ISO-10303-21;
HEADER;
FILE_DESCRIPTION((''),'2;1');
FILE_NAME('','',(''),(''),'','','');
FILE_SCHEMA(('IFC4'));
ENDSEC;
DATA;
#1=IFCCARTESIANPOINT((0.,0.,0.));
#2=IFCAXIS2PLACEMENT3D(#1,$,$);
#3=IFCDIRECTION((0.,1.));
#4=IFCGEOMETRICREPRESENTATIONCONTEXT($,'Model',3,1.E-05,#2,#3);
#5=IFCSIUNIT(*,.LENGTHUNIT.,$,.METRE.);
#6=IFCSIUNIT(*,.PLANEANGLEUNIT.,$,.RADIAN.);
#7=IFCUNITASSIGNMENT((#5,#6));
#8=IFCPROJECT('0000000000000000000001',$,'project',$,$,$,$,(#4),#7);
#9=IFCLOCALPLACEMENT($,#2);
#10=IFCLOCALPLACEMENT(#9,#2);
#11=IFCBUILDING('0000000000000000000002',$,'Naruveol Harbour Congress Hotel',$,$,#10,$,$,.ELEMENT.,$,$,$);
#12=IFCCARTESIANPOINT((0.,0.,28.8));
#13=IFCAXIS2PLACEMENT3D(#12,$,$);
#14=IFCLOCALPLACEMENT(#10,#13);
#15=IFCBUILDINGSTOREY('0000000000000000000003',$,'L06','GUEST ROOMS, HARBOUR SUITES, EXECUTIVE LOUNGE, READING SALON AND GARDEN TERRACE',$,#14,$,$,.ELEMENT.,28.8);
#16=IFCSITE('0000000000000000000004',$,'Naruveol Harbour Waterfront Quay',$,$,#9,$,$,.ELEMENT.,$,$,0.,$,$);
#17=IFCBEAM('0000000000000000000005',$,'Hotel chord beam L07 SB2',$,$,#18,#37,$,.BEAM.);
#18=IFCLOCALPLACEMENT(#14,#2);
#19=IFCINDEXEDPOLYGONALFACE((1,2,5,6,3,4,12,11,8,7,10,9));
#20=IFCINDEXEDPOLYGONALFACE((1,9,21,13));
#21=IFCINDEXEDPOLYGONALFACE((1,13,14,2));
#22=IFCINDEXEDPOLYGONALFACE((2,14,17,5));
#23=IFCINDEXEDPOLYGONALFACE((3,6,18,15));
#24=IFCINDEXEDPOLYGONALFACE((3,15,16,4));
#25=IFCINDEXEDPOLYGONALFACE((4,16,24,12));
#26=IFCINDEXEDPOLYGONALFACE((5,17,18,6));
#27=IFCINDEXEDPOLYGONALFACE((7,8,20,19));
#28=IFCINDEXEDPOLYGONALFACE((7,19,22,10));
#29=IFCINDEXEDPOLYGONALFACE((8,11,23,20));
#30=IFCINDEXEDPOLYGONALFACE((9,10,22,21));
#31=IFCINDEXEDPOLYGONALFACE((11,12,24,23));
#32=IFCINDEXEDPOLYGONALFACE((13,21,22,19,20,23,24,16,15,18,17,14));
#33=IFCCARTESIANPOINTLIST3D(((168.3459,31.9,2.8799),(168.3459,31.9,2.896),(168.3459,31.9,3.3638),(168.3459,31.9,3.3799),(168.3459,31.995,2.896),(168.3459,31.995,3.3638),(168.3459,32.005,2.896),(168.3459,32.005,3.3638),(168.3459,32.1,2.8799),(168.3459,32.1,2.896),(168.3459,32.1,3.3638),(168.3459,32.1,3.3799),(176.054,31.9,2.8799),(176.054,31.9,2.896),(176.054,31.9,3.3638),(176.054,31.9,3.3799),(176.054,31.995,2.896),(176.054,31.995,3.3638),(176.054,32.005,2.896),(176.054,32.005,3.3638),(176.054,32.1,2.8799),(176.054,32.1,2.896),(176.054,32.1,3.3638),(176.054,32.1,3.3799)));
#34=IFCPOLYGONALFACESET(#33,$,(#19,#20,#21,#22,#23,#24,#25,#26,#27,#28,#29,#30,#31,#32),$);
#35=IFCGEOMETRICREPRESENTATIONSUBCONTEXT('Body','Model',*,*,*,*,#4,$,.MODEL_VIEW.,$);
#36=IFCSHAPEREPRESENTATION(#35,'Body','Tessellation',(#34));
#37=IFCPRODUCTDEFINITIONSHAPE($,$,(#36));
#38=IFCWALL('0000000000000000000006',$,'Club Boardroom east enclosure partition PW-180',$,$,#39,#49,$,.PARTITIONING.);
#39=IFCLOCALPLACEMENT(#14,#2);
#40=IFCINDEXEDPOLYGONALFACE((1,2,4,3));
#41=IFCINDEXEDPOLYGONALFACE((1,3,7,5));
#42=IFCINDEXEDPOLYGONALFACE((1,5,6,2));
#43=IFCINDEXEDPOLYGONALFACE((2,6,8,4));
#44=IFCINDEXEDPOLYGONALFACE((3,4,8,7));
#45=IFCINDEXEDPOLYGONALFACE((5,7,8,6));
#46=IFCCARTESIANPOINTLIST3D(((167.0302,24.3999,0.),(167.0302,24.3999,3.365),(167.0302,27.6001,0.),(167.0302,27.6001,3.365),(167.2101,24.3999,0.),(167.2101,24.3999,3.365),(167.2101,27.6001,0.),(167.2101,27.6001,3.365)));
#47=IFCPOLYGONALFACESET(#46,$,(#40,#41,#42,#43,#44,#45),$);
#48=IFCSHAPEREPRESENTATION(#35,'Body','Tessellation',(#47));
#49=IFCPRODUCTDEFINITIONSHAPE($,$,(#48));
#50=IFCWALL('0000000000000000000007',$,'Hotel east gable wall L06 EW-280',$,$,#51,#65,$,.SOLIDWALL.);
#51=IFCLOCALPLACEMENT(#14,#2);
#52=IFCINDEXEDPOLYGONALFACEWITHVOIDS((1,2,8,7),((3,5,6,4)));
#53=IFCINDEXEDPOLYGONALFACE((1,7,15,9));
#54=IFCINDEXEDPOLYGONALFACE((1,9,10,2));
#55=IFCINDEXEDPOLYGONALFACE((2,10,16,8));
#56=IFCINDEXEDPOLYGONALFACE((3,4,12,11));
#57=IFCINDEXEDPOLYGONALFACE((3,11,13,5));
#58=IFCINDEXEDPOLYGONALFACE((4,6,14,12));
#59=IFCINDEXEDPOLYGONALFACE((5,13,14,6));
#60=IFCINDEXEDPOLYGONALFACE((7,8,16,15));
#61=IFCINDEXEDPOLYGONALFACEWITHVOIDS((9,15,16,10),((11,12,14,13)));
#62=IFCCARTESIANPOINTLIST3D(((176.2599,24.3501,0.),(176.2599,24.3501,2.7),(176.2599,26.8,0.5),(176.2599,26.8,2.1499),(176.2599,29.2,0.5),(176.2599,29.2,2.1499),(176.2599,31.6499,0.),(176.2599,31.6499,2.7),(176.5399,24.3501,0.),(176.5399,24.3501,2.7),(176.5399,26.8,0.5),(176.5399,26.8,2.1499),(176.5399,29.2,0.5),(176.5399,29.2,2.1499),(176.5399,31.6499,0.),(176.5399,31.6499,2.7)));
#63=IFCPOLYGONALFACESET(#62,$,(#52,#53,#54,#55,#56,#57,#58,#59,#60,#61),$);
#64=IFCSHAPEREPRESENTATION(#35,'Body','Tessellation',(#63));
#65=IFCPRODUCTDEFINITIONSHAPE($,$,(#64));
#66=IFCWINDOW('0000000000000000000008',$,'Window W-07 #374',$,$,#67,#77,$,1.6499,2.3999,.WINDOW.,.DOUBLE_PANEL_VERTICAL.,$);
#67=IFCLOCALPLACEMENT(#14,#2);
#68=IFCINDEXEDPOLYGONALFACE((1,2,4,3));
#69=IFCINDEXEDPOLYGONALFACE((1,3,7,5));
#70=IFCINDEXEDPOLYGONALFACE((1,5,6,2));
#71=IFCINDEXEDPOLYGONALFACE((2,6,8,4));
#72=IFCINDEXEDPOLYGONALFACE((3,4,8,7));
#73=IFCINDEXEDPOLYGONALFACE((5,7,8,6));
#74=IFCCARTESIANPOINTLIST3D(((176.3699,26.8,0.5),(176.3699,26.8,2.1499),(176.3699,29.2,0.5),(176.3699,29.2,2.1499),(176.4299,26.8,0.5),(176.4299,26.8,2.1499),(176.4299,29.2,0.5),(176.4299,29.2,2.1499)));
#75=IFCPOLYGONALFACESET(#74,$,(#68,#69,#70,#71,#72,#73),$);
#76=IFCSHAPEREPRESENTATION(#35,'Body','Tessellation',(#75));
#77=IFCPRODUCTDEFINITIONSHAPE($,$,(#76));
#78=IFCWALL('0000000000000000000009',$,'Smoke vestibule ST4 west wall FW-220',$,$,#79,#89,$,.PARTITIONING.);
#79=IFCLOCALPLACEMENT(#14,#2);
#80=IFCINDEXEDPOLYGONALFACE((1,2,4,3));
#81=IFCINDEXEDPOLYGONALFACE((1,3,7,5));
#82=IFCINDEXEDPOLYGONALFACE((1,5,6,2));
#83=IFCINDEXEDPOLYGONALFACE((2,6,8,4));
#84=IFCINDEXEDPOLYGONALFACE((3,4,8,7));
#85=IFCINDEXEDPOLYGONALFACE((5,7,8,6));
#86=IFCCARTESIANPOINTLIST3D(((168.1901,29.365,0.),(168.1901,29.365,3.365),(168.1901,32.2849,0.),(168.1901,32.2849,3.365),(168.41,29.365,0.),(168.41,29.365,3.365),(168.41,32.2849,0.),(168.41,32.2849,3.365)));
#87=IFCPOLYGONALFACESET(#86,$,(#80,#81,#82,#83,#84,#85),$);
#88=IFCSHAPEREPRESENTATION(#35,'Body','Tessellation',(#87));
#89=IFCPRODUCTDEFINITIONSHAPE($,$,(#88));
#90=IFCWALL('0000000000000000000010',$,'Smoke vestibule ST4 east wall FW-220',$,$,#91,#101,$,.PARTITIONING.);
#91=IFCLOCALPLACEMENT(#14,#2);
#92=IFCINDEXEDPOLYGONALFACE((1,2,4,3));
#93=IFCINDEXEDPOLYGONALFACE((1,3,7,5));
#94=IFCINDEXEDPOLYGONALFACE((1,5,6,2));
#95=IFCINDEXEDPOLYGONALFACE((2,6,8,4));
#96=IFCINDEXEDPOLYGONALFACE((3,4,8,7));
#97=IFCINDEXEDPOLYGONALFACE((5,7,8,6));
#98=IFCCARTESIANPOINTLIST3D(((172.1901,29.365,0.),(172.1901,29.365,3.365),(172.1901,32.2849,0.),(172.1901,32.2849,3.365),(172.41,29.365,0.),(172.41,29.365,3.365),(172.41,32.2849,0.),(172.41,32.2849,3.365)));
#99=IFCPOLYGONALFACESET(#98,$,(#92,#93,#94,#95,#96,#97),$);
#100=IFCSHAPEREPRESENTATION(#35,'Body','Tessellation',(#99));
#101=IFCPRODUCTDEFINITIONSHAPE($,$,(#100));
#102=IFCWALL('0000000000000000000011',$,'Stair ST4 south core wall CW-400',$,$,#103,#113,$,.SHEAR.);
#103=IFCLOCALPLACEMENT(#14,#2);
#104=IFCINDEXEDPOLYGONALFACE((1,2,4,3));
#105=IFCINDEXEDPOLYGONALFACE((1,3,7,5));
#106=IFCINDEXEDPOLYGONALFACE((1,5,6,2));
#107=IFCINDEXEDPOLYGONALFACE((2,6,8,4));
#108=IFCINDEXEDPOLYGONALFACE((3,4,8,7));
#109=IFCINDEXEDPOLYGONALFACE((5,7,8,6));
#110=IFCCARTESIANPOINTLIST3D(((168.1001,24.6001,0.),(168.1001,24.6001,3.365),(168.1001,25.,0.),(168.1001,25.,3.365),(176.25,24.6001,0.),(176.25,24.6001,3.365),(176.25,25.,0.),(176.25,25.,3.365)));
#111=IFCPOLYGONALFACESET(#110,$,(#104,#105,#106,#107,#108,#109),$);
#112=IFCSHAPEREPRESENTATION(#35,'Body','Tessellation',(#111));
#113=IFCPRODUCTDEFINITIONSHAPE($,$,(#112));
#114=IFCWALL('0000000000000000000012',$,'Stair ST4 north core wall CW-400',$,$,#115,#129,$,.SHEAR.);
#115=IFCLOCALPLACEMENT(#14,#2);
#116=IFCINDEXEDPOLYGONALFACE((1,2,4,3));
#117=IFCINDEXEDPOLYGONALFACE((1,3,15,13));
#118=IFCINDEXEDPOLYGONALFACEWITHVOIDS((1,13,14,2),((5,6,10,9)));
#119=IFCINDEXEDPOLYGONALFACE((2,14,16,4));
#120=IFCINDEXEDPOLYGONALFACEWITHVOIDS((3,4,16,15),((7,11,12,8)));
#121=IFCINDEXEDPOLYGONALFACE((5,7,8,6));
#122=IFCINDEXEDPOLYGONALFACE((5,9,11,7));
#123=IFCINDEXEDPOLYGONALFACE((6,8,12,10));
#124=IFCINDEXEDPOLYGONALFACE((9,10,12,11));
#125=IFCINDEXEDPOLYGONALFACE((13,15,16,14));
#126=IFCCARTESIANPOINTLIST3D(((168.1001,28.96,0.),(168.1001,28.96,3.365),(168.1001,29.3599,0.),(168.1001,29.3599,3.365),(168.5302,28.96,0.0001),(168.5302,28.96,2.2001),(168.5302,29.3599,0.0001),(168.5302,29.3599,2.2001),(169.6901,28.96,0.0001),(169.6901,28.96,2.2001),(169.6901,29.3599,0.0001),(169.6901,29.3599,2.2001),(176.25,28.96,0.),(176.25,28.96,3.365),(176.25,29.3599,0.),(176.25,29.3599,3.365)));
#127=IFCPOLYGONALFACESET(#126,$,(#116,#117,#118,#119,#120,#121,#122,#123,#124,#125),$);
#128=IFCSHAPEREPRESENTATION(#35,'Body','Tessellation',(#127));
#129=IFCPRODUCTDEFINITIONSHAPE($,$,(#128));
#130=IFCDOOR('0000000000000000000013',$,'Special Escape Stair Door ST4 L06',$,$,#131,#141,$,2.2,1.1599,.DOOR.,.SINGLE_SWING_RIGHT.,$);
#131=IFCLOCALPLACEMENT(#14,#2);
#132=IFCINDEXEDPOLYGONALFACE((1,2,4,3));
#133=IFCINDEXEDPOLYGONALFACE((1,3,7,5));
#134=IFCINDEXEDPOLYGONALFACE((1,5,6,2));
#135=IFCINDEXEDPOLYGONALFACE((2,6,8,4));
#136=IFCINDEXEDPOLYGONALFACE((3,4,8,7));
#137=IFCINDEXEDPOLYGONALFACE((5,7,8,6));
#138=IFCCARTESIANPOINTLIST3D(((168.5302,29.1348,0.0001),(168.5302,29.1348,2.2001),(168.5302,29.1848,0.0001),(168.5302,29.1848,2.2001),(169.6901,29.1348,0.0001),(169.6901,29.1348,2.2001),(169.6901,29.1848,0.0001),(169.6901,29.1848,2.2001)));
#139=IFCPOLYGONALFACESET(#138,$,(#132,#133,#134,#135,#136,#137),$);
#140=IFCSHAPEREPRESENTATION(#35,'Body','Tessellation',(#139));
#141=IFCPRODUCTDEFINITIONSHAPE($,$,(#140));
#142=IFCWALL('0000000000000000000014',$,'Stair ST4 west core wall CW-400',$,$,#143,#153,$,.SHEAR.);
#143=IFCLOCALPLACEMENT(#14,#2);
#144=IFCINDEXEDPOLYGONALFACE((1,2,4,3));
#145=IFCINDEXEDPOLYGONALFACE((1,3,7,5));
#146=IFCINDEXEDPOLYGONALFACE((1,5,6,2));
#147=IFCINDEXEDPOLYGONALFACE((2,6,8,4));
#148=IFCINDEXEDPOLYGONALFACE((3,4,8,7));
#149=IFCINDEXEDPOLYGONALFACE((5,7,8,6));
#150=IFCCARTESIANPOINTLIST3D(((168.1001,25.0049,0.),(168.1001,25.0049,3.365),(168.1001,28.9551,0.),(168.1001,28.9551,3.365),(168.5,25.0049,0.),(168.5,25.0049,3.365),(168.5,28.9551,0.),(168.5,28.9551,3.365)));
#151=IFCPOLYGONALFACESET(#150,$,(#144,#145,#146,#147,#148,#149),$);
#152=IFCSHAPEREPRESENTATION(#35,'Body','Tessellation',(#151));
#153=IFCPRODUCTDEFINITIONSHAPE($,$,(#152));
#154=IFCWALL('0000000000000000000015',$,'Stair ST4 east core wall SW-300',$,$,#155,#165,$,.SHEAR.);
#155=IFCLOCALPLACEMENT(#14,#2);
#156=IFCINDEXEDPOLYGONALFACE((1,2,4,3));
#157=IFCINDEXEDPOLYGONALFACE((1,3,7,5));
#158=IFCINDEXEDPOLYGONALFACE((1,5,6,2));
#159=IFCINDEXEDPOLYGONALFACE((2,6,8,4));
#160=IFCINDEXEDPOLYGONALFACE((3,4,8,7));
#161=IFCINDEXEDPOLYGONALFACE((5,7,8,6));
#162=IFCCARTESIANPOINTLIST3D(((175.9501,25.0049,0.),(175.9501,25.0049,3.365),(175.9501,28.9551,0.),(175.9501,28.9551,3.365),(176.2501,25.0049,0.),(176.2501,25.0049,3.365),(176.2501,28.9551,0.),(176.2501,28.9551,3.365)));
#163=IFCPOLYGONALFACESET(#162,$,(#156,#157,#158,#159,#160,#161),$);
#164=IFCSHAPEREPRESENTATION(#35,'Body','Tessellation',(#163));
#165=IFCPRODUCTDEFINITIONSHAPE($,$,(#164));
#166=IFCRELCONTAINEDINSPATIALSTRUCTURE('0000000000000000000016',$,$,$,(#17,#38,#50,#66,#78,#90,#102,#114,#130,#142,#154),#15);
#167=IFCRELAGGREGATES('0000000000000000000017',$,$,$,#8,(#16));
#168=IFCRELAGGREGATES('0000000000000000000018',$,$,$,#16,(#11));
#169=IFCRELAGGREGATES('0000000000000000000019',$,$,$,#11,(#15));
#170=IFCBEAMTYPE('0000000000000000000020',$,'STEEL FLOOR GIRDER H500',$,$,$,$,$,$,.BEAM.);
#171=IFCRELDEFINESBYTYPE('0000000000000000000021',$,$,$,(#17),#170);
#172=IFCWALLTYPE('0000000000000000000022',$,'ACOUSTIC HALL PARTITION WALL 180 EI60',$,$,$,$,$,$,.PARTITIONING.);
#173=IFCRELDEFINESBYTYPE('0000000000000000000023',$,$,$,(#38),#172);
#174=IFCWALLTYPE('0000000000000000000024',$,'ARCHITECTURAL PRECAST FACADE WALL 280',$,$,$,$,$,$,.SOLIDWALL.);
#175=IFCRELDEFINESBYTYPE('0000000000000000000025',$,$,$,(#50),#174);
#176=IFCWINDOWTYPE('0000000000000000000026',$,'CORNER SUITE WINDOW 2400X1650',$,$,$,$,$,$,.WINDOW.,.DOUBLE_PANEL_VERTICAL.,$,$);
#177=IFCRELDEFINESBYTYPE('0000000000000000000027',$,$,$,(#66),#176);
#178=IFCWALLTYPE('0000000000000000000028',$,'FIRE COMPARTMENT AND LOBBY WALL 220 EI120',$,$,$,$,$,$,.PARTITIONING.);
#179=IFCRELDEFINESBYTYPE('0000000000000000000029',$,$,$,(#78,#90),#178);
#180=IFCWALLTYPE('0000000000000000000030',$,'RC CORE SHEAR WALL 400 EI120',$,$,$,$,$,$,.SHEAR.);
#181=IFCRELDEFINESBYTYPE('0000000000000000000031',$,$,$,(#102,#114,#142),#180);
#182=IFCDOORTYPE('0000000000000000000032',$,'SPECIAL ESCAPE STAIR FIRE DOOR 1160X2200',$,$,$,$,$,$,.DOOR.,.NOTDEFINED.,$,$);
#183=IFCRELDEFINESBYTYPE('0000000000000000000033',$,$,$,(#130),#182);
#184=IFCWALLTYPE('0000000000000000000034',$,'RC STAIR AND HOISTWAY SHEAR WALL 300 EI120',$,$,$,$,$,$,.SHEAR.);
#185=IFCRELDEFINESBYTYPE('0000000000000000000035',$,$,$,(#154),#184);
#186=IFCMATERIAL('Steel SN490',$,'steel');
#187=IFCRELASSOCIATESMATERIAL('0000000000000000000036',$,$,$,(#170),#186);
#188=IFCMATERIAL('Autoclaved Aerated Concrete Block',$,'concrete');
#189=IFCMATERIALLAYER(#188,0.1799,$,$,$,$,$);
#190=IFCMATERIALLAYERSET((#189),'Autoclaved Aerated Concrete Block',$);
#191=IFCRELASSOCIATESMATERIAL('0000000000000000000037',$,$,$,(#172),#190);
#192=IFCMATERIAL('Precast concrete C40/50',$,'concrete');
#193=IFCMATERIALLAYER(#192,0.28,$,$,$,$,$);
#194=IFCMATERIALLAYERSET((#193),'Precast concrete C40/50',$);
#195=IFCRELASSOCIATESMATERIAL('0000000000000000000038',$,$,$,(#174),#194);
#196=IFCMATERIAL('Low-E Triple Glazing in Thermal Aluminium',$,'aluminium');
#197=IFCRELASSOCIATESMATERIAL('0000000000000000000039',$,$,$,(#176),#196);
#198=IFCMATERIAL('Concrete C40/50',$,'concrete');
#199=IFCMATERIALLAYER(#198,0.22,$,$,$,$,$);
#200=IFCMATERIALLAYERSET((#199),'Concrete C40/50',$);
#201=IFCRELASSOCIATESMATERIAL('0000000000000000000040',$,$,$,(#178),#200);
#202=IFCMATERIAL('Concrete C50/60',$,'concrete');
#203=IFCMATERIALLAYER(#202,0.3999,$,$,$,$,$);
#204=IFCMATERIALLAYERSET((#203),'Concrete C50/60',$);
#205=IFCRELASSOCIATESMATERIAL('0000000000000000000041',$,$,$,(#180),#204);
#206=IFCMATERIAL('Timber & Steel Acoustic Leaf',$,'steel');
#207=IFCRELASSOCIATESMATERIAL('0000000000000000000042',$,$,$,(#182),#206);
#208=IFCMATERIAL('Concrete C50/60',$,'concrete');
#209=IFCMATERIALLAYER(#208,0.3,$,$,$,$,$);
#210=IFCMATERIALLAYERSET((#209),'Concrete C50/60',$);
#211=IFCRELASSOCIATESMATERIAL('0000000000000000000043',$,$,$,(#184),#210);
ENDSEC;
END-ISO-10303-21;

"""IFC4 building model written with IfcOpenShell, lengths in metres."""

from ifc_helpers import new_model, si_unit, direction, frame, frame_2d, origin, origin_2d, place, context, subcontext, project, spatial, rectangle, i_section, extrude, material, layer, layer_set, material_profile, profile_set, type_object, element, fill, save


model = new_model("IFC4")

# Units and contexts
model_context = context("Model", 3, precision=1e-05, world=origin(), true_north=direction((0.0, 1.0)))
body_context = subcontext(model_context, "Body", "Model", "MODEL_VIEW")
ifc_project = project(units=[si_unit("LENGTHUNIT", "METRE"), si_unit("PLANEANGLEUNIT", "RADIAN")], contexts=[model_context])

# Site, building, storey
site_placement = place(None, origin())
site = spatial("IfcSite", under=ifc_project, at=site_placement, Name="Naruveol Harbour Waterfront Quay", CompositionType="ELEMENT", RefElevation=0.0)
building_placement = place(site_placement, origin())
building = spatial("IfcBuilding", under=site, at=building_placement, Name="Naruveol Harbour Congress Hotel", CompositionType="ELEMENT")
storey_placement = place(building_placement, frame((0.0, 0.0, 28.8)))
storey = spatial("IfcBuildingStorey", under=building, at=storey_placement, Name="L06", Description="GUEST ROOMS, HARBOUR SUITES, EXECUTIVE LOUNGE, READING SALON AND GARDEN TERRACE", CompositionType="ELEMENT", Elevation=28.8)

# Beam
ifc_material_1 = material(Name="Steel SN490", Category="steel")
ifc_material_profile_1 = material_profile(ifc_material_1, i_section(OverallWidth=0.2, OverallDepth=0.5, WebThickness=0.01, FlangeThickness=0.0161, at=origin_2d()), Name="H-500x200x10x16")
ifc_profile_set_1 = profile_set([ifc_material_profile_1], Name="Steel SN490")
beam_type_1 = type_object("IfcBeamType", Name="STEEL FLOOR GIRDER H500", PredefinedType="BEAM", material=ifc_profile_set_1)
beam_placement = place(storey_placement, frame((168.3459, 32.0, 3.1299), z_axis=(1.0, 0.0, 0.0), x_axis=(0.0, 1.0, 0.0)))
element("IfcBeam", 1, at=beam_placement, inside=storey, type_object=beam_type_1, Name="Hotel chord beam L07 SB2", PredefinedType="BEAM", context=body_context, shape_type="SweptSolid", body=[
    extrude(i_section(OverallWidth=0.2, OverallDepth=0.5, WebThickness=0.01, FlangeThickness=0.0161, at=origin_2d()), origin(), (0.0, 0.0, 1.0), 7.708),
])

# Wall
ifc_material_2 = material(Name="Autoclaved Aerated Concrete Block", Category="concrete")
ifc_layer_1 = layer(ifc_material_2, 0.1799)
ifc_layer_set_1 = layer_set([ifc_layer_1], Name="Autoclaved Aerated Concrete Block")
wall_type_1 = type_object("IfcWallType", Name="ACOUSTIC HALL PARTITION WALL 180 EI60", PredefinedType="PARTITIONING", material=ifc_layer_set_1)
wall_1_placement = place(storey_placement, frame((167.1201, 24.3999, 0.0), z_axis=(0.0, 0.0, 1.0), x_axis=(0.0, 1.0, 0.0)))
element("IfcWall", 2, at=wall_1_placement, inside=storey, type_object=wall_type_1, Name="Club Boardroom east enclosure partition PW-180", PredefinedType="PARTITIONING", context=body_context, shape_type="SweptSolid", body=[
    extrude(rectangle(XDim=3.2002, YDim=0.1799, at=frame_2d((1.6001, 0.0))), origin(), (0.0, 0.0, 1.0), 3.365),
])

# Wall, opening, window
ifc_material_3 = material(Name="Precast concrete C40/50", Category="concrete")
ifc_layer_2 = layer(ifc_material_3, 0.28)
ifc_layer_set_2 = layer_set([ifc_layer_2], Name="Precast concrete C40/50")
wall_type_2 = type_object("IfcWallType", Name="ARCHITECTURAL PRECAST FACADE WALL 280", PredefinedType="SOLIDWALL", material=ifc_layer_set_2)
wall_2_placement = place(storey_placement, frame((176.3999, 31.6499, 0.0), z_axis=(0.0, 0.0, 1.0), x_axis=(0.0, -1.0, 0.0)))
wall_2 = element("IfcWall", 3, at=wall_2_placement, inside=storey, type_object=wall_type_2, Name="Hotel east gable wall L06 EW-280", PredefinedType="SOLIDWALL", context=body_context, shape_type="SweptSolid", body=[
    extrude(rectangle(XDim=7.2998, YDim=0.28, at=frame_2d((3.6499, 0.0))), origin(), (0.0, 0.0, 1.0), 2.7),
])
opening_1_placement = place(wall_2_placement, frame((2.45, 0.0, 0.5)))
opening_1 = element("IfcOpeningElement", 4, at=opening_1_placement, cuts=wall_2, PredefinedType="OPENING", context=body_context, shape_type="SweptSolid", body=[
    extrude(rectangle(XDim=2.3999, YDim=1.6499, at=frame_2d((1.2, 0.825))), frame((0.0, 0.1499, 0.0), z_axis=(0.0, -1.0, 0.0), x_axis=(1.0, 0.0, 0.0)), (0.0, 0.0, 1.0), 0.3),
])
ifc_material_4 = material(Name="Low-E Triple Glazing in Thermal Aluminium", Category="aluminium")
window_type = type_object("IfcWindowType", Name="CORNER SUITE WINDOW 2400X1650", PartitioningType="DOUBLE_PANEL_VERTICAL", PredefinedType="WINDOW", material=ifc_material_4)
window_placement = place(opening_1_placement, origin())
window = element("IfcWindow", 5, at=window_placement, inside=storey, type_object=window_type, Name="Window W-07 #374", OverallHeight=1.6499, OverallWidth=2.3999, PartitioningType="DOUBLE_PANEL_VERTICAL", PredefinedType="WINDOW", context=body_context, shape_type="SweptSolid", body=[
    extrude(rectangle(XDim=2.3999, YDim=1.6499, at=frame_2d((1.2, 0.825))), frame((0.0, 0.03, 0.0), z_axis=(0.0, -1.0, 0.0), x_axis=(1.0, 0.0, 0.0)), (0.0, 0.0, 1.0), 0.0601),
])
fill(opening_1, window)

# Walls
ifc_material_5 = material(Name="Concrete C40/50", Category="concrete")
ifc_layer_3 = layer(ifc_material_5, 0.22)
ifc_layer_set_3 = layer_set([ifc_layer_3], Name="Concrete C40/50")
wall_type_3 = type_object("IfcWallType", Name="FIRE COMPARTMENT AND LOBBY WALL 220 EI120", PredefinedType="PARTITIONING", material=ifc_layer_set_3)
for number, where, z_axis, x_axis, name in (
    (6, (168.3, 29.365, 0.0), (0.0, 0.0, 1.0), (0.0, 1.0, 0.0), "Smoke vestibule ST4 west wall FW-220"),
    (7, (172.3, 29.365, 0.0), (0.0, 0.0, 1.0), (0.0, 1.0, 0.0), "Smoke vestibule ST4 east wall FW-220"),
):
    element("IfcWall", number, at=place(storey_placement, frame(where, z_axis=z_axis, x_axis=x_axis)), inside=storey, type_object=wall_type_3, Name=name, PredefinedType="PARTITIONING", context=body_context, shape_type="SweptSolid", body=[
        extrude(rectangle(XDim=2.9199, YDim=0.22, at=frame_2d((1.46, 0.0))), origin(), (0.0, 0.0, 1.0), 3.365),
    ])
ifc_material_6 = material(Name="Concrete C50/60", Category="concrete")
ifc_layer_4 = layer(ifc_material_6, 0.3999)
ifc_layer_set_4 = layer_set([ifc_layer_4], Name="Concrete C50/60")
wall_type_4 = type_object("IfcWallType", Name="RC CORE SHEAR WALL 400 EI120", PredefinedType="SHEAR", material=ifc_layer_set_4)
wall_3_placement = place(storey_placement, frame((168.1001, 24.8, 0.0), z_axis=(0.0, 0.0, 1.0), x_axis=(1.0, 0.0, 0.0)))
element("IfcWall", 8, at=wall_3_placement, inside=storey, type_object=wall_type_4, Name="Stair ST4 south core wall CW-400", PredefinedType="SHEAR", context=body_context, shape_type="SweptSolid", body=[
    extrude(rectangle(XDim=8.1499, YDim=0.3999, at=frame_2d((4.075, 0.0))), origin(), (0.0, 0.0, 1.0), 3.365),
])

# Wall, opening, door
wall_4_placement = place(storey_placement, frame((168.1001, 29.1599, 0.0), z_axis=(0.0, 0.0, 1.0), x_axis=(1.0, 0.0, 0.0)))
wall_4 = element("IfcWall", 9, at=wall_4_placement, inside=storey, type_object=wall_type_4, Name="Stair ST4 north core wall CW-400", PredefinedType="SHEAR", context=body_context, shape_type="SweptSolid", body=[
    extrude(rectangle(XDim=8.1499, YDim=0.3999, at=frame_2d((4.075, 0.0))), origin(), (0.0, 0.0, 1.0), 3.365),
])
opening_2_placement = place(wall_4_placement, frame((0.4299, 0.0, 0.0)))
opening_2 = element("IfcOpeningElement", 10, at=opening_2_placement, cuts=wall_4, PredefinedType="OPENING", context=body_context, shape_type="SweptSolid", body=[
    extrude(rectangle(XDim=1.1599, YDim=2.2, at=frame_2d((0.5801, 1.1001))), frame((0.0, 0.21, 0.0), z_axis=(0.0, -1.0, 0.0), x_axis=(1.0, 0.0, 0.0)), (0.0, 0.0, 1.0), 0.4199),
])
ifc_material_7 = material(Name="Timber & Steel Acoustic Leaf", Category="steel")
door_type = type_object("IfcDoorType", Name="SPECIAL ESCAPE STAIR FIRE DOOR 1160X2200", OperationType="NOTDEFINED", PredefinedType="DOOR", material=ifc_material_7)
door_placement = place(opening_2_placement, origin())
door = element("IfcDoor", 11, at=door_placement, inside=storey, type_object=door_type, Name="Special Escape Stair Door ST4 L06", OperationType="SINGLE_SWING_RIGHT", OverallHeight=2.2, OverallWidth=1.1599, PredefinedType="DOOR", context=body_context, shape_type="SweptSolid", body=[
    extrude(rectangle(XDim=1.1599, YDim=2.2, at=frame_2d((0.5801, 1.1001))), frame((0.0, 0.0249, 0.0), z_axis=(0.0, -1.0, 0.0), x_axis=(1.0, 0.0, 0.0)), (0.0, 0.0, 1.0), 0.05),
])
fill(opening_2, door)

# Walls
wall_5_placement = place(storey_placement, frame((168.3, 25.0049, 0.0), z_axis=(0.0, 0.0, 1.0), x_axis=(0.0, 1.0, 0.0)))
element("IfcWall", 12, at=wall_5_placement, inside=storey, type_object=wall_type_4, Name="Stair ST4 west core wall CW-400", PredefinedType="SHEAR", context=body_context, shape_type="SweptSolid", body=[
    extrude(rectangle(XDim=3.9502, YDim=0.3999, at=frame_2d((1.9751, 0.0))), origin(), (0.0, 0.0, 1.0), 3.365),
])
ifc_material_8 = material(Name="Concrete C50/60", Category="concrete")
ifc_layer_5 = layer(ifc_material_8, 0.3)
ifc_layer_set_5 = layer_set([ifc_layer_5], Name="Concrete C50/60")
wall_type_5 = type_object("IfcWallType", Name="RC STAIR AND HOISTWAY SHEAR WALL 300 EI120", PredefinedType="SHEAR", material=ifc_layer_set_5)
wall_6_placement = place(storey_placement, frame((176.1001, 25.0049, 0.0), z_axis=(0.0, 0.0, 1.0), x_axis=(0.0, 1.0, 0.0)))
element("IfcWall", 13, at=wall_6_placement, inside=storey, type_object=wall_type_5, Name="Stair ST4 east core wall SW-300", PredefinedType="SHEAR", context=body_context, shape_type="SweptSolid", body=[
    extrude(rectangle(XDim=3.9502, YDim=0.3, at=frame_2d((1.9751, 0.0))), origin(), (0.0, 0.0, 1.0), 3.365),
])

save(model, "model.ifc")
